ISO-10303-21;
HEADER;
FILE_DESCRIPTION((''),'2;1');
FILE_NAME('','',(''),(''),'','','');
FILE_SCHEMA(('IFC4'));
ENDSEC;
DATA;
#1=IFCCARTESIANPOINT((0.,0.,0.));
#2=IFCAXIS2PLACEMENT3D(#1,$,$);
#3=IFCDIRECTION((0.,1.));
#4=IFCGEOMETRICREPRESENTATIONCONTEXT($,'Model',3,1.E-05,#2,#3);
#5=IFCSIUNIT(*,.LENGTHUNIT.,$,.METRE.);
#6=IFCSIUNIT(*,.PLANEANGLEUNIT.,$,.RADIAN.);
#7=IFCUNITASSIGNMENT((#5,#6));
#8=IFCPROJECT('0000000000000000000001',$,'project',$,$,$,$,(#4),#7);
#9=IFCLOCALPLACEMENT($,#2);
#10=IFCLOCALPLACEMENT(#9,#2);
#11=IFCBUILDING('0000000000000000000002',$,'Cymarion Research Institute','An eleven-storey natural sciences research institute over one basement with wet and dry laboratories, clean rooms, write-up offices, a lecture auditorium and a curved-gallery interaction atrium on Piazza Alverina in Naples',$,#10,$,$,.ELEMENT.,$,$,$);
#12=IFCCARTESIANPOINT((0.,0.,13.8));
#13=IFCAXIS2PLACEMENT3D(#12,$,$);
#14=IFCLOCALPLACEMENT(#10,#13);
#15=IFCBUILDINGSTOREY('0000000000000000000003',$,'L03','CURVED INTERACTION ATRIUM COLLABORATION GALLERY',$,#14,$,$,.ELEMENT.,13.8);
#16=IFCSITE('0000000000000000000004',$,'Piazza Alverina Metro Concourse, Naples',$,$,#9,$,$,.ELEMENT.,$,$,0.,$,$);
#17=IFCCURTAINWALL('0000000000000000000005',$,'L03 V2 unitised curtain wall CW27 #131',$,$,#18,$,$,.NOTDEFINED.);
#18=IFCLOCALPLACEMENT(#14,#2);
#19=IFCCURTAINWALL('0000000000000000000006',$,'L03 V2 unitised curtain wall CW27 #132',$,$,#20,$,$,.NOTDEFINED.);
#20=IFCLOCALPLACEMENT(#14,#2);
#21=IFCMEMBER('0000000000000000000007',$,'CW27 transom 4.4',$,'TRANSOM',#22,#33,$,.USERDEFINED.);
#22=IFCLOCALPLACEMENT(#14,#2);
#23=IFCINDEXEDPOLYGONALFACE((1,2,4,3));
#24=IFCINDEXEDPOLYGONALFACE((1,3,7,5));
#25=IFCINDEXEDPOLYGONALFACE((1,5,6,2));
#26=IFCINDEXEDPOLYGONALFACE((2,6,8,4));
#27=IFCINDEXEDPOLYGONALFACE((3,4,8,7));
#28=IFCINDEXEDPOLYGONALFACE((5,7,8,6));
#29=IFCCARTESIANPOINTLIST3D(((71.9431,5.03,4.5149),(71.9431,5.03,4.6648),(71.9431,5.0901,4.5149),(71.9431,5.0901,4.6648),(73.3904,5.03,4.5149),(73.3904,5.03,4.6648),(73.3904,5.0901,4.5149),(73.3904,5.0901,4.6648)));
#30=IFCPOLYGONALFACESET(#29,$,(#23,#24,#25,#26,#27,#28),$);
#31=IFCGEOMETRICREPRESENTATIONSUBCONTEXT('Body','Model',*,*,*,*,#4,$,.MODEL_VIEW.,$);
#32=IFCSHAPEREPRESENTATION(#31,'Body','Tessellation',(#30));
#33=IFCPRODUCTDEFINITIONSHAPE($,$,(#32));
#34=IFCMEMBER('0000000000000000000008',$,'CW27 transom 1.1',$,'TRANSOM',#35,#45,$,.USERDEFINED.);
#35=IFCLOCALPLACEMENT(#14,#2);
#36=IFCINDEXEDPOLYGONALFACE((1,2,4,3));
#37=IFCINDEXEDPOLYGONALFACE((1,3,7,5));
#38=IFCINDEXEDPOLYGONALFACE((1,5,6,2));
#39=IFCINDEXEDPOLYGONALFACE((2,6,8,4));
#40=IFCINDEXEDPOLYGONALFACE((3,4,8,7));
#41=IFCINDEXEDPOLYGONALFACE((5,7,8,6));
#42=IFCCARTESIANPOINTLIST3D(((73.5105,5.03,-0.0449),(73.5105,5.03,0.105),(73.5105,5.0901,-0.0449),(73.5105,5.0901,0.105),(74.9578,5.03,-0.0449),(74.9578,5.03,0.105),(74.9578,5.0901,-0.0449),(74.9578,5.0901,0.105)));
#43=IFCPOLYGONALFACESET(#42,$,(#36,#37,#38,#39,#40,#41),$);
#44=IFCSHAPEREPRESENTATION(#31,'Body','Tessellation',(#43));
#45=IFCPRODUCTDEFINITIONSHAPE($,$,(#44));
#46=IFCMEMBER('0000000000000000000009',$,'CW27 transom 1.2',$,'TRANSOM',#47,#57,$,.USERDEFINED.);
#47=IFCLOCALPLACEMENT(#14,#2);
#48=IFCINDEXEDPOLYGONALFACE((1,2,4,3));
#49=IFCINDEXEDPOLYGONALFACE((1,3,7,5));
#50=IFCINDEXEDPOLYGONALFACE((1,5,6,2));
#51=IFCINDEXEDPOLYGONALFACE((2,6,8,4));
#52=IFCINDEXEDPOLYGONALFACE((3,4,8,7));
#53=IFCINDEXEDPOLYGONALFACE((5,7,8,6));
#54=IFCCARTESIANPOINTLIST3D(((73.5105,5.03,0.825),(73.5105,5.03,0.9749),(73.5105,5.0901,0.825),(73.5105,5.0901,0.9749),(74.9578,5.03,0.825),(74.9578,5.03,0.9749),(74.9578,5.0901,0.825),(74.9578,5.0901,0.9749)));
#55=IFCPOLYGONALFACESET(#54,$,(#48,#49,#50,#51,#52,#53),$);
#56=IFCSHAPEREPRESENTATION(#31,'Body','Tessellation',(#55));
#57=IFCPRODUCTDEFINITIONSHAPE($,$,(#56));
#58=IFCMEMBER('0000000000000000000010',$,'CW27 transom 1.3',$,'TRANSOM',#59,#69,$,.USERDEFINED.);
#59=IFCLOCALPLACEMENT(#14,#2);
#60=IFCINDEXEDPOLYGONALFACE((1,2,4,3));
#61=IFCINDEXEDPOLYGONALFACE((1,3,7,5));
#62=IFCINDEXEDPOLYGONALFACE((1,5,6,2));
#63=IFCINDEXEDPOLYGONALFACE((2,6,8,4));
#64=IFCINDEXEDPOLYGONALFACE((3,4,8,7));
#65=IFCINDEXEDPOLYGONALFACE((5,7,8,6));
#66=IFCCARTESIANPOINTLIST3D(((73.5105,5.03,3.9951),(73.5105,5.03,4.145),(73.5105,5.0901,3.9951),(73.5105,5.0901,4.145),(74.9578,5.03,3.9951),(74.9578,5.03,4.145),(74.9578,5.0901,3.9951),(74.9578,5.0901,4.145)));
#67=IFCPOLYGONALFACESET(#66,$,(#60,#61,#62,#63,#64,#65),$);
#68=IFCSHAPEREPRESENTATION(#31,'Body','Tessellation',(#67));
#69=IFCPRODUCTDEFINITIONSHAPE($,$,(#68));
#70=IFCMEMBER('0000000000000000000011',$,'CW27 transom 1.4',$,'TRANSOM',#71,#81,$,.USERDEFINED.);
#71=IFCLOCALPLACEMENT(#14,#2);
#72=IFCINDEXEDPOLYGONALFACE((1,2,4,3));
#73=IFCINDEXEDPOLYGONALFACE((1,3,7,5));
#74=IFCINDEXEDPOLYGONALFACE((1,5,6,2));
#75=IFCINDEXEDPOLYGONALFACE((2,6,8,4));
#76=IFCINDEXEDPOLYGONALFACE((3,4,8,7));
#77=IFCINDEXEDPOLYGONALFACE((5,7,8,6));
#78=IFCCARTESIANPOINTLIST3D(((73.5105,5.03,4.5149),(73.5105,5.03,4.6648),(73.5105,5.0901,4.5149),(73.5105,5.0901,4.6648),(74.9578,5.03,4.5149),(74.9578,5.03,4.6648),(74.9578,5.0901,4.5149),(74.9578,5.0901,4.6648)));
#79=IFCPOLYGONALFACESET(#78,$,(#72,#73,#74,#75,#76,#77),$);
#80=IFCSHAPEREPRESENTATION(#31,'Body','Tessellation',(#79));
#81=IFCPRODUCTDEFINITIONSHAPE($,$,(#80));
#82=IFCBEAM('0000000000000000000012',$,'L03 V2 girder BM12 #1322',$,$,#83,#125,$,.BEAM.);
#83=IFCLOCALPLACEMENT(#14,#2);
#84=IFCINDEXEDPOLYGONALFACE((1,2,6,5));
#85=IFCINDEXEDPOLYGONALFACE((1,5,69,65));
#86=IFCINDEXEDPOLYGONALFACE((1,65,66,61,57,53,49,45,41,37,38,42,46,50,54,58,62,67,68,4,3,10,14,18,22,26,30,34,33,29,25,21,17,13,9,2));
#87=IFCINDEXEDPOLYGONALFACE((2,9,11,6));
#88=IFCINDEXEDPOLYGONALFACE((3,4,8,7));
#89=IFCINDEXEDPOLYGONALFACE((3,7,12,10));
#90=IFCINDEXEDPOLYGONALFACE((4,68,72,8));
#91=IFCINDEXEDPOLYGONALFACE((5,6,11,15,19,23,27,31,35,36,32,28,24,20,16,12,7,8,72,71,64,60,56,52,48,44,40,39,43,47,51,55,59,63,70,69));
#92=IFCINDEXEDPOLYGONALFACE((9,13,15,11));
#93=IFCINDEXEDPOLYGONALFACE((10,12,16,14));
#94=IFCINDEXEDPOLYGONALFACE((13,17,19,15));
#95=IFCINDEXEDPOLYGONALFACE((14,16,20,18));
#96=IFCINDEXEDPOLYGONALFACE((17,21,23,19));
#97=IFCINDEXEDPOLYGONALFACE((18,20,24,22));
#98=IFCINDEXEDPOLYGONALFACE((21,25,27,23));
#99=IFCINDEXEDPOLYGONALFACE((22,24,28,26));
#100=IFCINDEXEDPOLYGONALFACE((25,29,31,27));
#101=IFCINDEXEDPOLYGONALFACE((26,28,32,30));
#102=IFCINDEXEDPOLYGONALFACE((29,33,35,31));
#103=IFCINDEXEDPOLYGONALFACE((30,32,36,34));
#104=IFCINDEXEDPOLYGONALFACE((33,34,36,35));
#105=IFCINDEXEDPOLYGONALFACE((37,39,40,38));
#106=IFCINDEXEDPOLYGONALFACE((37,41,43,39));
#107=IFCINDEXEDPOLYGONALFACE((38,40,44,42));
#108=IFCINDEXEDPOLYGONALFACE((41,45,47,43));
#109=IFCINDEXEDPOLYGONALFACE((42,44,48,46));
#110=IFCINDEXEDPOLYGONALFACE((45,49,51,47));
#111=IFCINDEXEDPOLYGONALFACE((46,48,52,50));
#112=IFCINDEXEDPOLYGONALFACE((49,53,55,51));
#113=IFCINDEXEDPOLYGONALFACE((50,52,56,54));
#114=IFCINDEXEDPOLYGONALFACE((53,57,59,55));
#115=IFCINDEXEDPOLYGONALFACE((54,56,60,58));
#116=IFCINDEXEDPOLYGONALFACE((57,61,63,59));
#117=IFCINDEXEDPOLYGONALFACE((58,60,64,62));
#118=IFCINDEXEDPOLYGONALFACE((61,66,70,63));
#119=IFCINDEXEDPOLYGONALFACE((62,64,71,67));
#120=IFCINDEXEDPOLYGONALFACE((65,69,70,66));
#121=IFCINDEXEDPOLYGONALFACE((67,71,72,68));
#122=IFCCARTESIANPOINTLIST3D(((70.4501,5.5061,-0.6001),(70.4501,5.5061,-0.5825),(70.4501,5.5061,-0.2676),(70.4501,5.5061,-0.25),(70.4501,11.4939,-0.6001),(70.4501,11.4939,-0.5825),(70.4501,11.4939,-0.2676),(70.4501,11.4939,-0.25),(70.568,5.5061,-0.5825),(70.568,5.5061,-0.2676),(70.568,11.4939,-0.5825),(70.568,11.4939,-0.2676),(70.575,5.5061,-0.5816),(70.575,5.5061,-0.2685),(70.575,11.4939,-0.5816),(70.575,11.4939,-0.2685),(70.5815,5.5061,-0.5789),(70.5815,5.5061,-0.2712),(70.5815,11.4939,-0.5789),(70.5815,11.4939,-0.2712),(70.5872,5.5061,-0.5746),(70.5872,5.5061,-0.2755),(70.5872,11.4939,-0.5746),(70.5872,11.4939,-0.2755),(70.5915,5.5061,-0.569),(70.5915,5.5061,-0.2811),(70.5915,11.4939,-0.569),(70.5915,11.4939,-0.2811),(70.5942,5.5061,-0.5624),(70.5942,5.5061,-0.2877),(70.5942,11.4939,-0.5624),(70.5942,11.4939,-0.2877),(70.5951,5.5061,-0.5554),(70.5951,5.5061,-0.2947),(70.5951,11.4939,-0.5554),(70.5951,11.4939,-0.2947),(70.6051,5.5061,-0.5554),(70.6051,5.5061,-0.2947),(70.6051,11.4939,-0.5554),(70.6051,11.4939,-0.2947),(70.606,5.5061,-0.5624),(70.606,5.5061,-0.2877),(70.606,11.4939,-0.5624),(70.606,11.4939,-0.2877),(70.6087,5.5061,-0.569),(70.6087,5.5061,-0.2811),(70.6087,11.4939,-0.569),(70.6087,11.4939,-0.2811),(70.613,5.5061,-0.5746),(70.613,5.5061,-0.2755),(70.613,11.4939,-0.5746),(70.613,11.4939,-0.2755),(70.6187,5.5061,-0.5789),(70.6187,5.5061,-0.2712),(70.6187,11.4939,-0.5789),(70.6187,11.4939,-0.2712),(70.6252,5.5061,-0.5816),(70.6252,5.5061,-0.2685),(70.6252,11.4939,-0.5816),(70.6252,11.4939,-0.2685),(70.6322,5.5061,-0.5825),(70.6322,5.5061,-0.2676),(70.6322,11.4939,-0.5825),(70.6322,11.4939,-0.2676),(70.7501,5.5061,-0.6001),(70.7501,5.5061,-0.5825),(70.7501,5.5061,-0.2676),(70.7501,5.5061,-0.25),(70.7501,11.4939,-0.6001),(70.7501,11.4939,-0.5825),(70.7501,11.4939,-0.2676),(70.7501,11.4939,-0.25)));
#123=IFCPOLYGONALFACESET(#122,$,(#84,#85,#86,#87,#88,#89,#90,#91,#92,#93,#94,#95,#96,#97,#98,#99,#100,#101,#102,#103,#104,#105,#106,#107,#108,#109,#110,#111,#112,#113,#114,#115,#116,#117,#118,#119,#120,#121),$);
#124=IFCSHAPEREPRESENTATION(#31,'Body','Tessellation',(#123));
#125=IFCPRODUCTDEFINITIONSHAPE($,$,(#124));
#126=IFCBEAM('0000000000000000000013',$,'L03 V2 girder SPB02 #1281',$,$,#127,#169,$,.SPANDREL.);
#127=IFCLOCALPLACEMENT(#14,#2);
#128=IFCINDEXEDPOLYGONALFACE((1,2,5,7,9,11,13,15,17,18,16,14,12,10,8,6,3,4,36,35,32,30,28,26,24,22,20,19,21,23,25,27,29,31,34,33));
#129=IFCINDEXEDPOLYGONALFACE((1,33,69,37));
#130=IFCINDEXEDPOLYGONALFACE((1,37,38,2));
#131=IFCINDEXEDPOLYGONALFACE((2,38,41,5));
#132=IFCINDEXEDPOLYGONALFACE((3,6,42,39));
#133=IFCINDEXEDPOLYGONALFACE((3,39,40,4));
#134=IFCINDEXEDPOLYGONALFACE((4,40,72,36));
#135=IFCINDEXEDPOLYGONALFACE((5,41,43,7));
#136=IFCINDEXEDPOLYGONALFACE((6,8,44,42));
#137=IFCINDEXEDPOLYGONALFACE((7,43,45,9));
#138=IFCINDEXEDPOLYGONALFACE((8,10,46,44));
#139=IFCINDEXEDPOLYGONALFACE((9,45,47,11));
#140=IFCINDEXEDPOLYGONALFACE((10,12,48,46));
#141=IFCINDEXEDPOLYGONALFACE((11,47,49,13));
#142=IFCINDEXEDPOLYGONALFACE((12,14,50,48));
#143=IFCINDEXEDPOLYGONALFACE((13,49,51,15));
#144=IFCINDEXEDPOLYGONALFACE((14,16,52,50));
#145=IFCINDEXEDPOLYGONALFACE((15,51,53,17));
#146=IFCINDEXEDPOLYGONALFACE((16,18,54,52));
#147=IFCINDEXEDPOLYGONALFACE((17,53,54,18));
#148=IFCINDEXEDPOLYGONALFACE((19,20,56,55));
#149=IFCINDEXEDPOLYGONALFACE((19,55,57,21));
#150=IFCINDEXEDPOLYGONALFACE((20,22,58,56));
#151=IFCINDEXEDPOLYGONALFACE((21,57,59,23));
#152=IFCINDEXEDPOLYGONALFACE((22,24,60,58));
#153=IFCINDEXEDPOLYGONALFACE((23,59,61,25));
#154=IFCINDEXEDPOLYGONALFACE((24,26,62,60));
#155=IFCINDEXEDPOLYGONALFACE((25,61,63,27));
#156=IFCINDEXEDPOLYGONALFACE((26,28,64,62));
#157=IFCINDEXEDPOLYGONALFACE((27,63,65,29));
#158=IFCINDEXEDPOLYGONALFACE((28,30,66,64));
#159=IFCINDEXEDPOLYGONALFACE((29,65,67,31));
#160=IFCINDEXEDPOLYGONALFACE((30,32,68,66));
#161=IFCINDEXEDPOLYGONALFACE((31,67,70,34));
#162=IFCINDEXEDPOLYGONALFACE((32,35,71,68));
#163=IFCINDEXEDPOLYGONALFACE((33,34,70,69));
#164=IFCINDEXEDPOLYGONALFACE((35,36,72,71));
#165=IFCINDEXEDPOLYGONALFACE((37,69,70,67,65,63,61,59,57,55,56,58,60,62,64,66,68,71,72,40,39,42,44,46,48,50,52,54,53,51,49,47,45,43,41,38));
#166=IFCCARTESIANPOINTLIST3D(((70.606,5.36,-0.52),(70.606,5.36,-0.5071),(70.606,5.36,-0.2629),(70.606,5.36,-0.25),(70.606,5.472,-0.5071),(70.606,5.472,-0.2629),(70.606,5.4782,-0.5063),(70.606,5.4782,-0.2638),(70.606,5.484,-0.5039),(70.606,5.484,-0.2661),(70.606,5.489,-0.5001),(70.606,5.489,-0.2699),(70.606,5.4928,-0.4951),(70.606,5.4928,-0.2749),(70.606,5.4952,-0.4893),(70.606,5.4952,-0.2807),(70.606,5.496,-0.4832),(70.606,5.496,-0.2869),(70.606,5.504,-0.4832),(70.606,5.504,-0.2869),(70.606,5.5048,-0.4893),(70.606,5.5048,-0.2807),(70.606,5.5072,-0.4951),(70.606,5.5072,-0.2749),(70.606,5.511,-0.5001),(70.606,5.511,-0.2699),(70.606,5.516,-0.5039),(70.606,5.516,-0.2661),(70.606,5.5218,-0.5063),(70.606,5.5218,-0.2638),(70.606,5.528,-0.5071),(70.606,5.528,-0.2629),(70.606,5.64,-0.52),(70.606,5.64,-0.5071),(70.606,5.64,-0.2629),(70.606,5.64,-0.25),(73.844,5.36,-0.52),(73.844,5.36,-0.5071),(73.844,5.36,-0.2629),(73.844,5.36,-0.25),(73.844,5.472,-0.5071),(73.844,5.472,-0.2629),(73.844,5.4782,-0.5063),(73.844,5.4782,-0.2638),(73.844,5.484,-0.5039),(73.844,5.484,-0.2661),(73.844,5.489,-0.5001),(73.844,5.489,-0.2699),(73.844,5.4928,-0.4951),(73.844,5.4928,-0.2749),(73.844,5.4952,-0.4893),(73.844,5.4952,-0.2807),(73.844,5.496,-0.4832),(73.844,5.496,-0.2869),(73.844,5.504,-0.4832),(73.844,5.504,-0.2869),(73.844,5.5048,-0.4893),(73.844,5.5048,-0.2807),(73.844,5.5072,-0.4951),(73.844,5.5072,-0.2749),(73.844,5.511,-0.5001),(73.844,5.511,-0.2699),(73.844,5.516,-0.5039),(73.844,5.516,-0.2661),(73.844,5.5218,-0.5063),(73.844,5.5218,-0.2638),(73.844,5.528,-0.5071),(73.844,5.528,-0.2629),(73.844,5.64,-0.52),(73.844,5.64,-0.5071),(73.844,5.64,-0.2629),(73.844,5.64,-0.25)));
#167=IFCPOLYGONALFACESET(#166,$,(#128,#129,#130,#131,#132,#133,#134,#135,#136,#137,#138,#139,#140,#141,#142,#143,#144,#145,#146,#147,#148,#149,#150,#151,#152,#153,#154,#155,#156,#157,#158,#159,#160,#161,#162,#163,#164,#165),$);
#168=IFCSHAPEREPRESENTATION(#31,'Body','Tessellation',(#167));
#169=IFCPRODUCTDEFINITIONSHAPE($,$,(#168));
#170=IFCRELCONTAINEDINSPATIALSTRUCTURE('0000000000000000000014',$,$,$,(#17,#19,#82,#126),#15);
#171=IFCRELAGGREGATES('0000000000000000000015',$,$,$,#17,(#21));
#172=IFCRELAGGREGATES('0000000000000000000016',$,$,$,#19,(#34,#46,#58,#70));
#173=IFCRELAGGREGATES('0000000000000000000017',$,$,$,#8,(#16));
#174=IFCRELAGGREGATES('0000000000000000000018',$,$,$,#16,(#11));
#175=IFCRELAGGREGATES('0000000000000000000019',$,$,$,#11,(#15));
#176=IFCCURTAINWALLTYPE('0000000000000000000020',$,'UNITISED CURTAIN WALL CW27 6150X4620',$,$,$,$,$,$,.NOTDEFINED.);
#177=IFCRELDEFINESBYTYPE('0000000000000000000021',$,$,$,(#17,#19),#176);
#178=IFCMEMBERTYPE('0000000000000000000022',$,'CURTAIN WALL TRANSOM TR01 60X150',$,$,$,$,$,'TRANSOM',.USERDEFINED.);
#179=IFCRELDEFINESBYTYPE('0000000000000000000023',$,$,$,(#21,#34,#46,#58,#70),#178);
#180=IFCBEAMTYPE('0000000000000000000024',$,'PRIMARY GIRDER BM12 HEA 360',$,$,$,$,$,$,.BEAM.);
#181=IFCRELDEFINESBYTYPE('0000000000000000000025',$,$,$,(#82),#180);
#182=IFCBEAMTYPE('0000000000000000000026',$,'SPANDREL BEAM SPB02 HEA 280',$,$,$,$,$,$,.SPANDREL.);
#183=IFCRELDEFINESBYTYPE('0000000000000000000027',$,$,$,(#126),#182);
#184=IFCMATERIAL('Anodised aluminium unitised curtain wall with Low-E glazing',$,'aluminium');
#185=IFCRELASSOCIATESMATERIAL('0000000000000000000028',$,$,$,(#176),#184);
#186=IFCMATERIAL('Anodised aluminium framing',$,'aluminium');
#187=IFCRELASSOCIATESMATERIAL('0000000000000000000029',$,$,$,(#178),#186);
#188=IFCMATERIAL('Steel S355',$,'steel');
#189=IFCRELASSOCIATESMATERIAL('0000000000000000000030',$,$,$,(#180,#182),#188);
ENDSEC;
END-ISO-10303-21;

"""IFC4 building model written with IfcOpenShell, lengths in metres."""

from ifc_helpers import new_model, si_unit, direction, frame, origin, origin_2d, place, context, subcontext, project, spatial, rectangle, i_section, extrude, material, material_profile, profile_set, type_object, element, aggregate, save


model = new_model("IFC4")

# Units and contexts
model_context = context("Model", 3, precision=1e-05, world=origin(), true_north=direction((0.0, 1.0)))
body_context = subcontext(model_context, "Body", "Model", "MODEL_VIEW")
ifc_project = project(units=[si_unit("LENGTHUNIT", "METRE"), si_unit("PLANEANGLEUNIT", "RADIAN")], contexts=[model_context])

# Site, building, storey
site_placement = place(None, origin())
site = spatial("IfcSite", under=ifc_project, at=site_placement, Name="Piazza Alverina Metro Concourse, Naples", CompositionType="ELEMENT", RefElevation=0.0)
building_placement = place(site_placement, origin())
building = spatial("IfcBuilding", under=site, at=building_placement, Name="Cymarion Research Institute", Description="An eleven-storey natural sciences research institute over one basement with wet and dry laboratories, clean rooms, write-up offices, a lecture auditorium and a curved-gallery interaction atrium on Piazza Alverina in Naples", CompositionType="ELEMENT")
storey_placement = place(building_placement, frame((0.0, 0.0, 13.8)))
storey = spatial("IfcBuildingStorey", under=building, at=storey_placement, Name="L03", Description="CURVED INTERACTION ATRIUM COLLABORATION GALLERY", CompositionType="ELEMENT", Elevation=13.8)

# Shared definitions
ifc_material_1 = material(Name="Steel S355", Category="steel")

# Curtain wall
ifc_material_2 = material(Name="Anodised aluminium unitised curtain wall with Low-E glazing", Category="aluminium")
curtain_wall_type = type_object("IfcCurtainWallType", Name="UNITISED CURTAIN WALL CW27 6150X4620", PredefinedType="NOTDEFINED", material=ifc_material_2)
curtain_wall_1_placement = place(storey_placement, origin())
curtain_wall_1 = element("IfcCurtainWall", 1, at=curtain_wall_1_placement, inside=storey, type_object=curtain_wall_type, Name="L03 V2 unitised curtain wall CW27 #131", PredefinedType="NOTDEFINED")
ifc_material_3 = material(Name="Anodised aluminium framing", Category="aluminium")

# Curtain wall
curtain_wall_2_placement = place(storey_placement, origin())
curtain_wall_2 = element("IfcCurtainWall", 2, at=curtain_wall_2_placement, inside=storey, type_object=curtain_wall_type, Name="L03 V2 unitised curtain wall CW27 #132", PredefinedType="NOTDEFINED")

# Members
ifc_material_profile_1 = material_profile(ifc_material_3, rectangle(XDim=0.0601, YDim=0.1499, at=origin_2d()), Name="ALU TRANSOM 60x150")
ifc_profile_set_1 = profile_set([ifc_material_profile_1], Name="Anodised aluminium framing")
member_type_1 = type_object("IfcMemberType", Name="CURTAIN WALL TRANSOM TR01 60X150", ElementType="TRANSOM", PredefinedType="USERDEFINED", material=ifc_profile_set_1)
member_1_placement = place(storey_placement, frame((71.9431, 5.0601, 4.5898), z_axis=(1.0, 0.0, 0.0), x_axis=(0.0, 1.0, 0.0)))
member_1 = element("IfcMember", 3, at=member_1_placement, type_object=member_type_1, Name="CW27 transom 4.4", ObjectType="TRANSOM", PredefinedType="USERDEFINED", context=body_context, shape_type="SweptSolid", body=[
    extrude(rectangle(XDim=0.0601, YDim=0.1499, at=origin_2d()), origin(), (0.0, 0.0, 1.0), 1.4473),
])
member_2_placement = place(storey_placement, frame((73.5105, 5.0601, 0.03), z_axis=(1.0, 0.0, 0.0), x_axis=(0.0, 1.0, 0.0)))
member_2 = element("IfcMember", 4, at=member_2_placement, type_object=member_type_1, Name="CW27 transom 1.1", ObjectType="TRANSOM", PredefinedType="USERDEFINED", context=body_context, shape_type="SweptSolid", body=[
    extrude(rectangle(XDim=0.0601, YDim=0.1499, at=origin_2d()), origin(), (0.0, 0.0, 1.0), 1.4473),
])
member_3_placement = place(storey_placement, frame((73.5105, 5.0601, 0.8999), z_axis=(1.0, 0.0, 0.0), x_axis=(0.0, 1.0, 0.0)))
member_3 = element("IfcMember", 5, at=member_3_placement, type_object=member_type_1, Name="CW27 transom 1.2", ObjectType="TRANSOM", PredefinedType="USERDEFINED", context=body_context, shape_type="SweptSolid", body=[
    extrude(rectangle(XDim=0.0601, YDim=0.1499, at=origin_2d()), origin(), (0.0, 0.0, 1.0), 1.4473),
])
member_4_placement = place(storey_placement, frame((73.5105, 5.0601, 4.0701), z_axis=(1.0, 0.0, 0.0), x_axis=(0.0, 1.0, 0.0)))
member_4 = element("IfcMember", 6, at=member_4_placement, type_object=member_type_1, Name="CW27 transom 1.3", ObjectType="TRANSOM", PredefinedType="USERDEFINED", context=body_context, shape_type="SweptSolid", body=[
    extrude(rectangle(XDim=0.0601, YDim=0.1499, at=origin_2d()), origin(), (0.0, 0.0, 1.0), 1.4473),
])
member_5_placement = place(storey_placement, frame((73.5105, 5.0601, 4.5898), z_axis=(1.0, 0.0, 0.0), x_axis=(0.0, 1.0, 0.0)))
member_5 = element("IfcMember", 7, at=member_5_placement, type_object=member_type_1, Name="CW27 transom 1.4", ObjectType="TRANSOM", PredefinedType="USERDEFINED", context=body_context, shape_type="SweptSolid", body=[
    extrude(rectangle(XDim=0.0601, YDim=0.1499, at=origin_2d()), origin(), (0.0, 0.0, 1.0), 1.4473),
])

# Beams
ifc_material_profile_2 = material_profile(ifc_material_1, i_section(OverallWidth=0.3, OverallDepth=0.3501, WebThickness=0.01, FlangeThickness=0.0176, FilletRadius=0.0271, at=origin_2d()), Name="HEA 360")
ifc_profile_set_2 = profile_set([ifc_material_profile_2], Name="Steel S355")
beam_type_1 = type_object("IfcBeamType", Name="PRIMARY GIRDER BM12 HEA 360", PredefinedType="BEAM", material=ifc_profile_set_2)
beam_1_placement = place(storey_placement, frame((70.6001, 5.5061, -0.425), z_axis=(0.0, 1.0, 0.0), x_axis=(-1.0, 0.0, 0.0)))
element("IfcBeam", 8, at=beam_1_placement, inside=storey, type_object=beam_type_1, Name="L03 V2 girder BM12 #1322", PredefinedType="BEAM", context=body_context, shape_type="SweptSolid", body=[
    extrude(i_section(OverallWidth=0.3, OverallDepth=0.3501, WebThickness=0.01, FlangeThickness=0.0176, FilletRadius=0.0271, at=origin_2d()), origin(), (0.0, 0.0, 1.0), 5.9878),
])
ifc_material_profile_3 = material_profile(ifc_material_1, i_section(OverallWidth=0.28, OverallDepth=0.27, WebThickness=0.0081, FlangeThickness=0.0129, FilletRadius=0.0239, at=origin_2d()), Name="HEA 280")
ifc_profile_set_3 = profile_set([ifc_material_profile_3], Name="Steel S355")
beam_type_2 = type_object("IfcBeamType", Name="SPANDREL BEAM SPB02 HEA 280", PredefinedType="SPANDREL", material=ifc_profile_set_3)
beam_2_placement = place(storey_placement, frame((70.606, 5.5, -0.385), z_axis=(1.0, 0.0, 0.0), x_axis=(0.0, 1.0, 0.0)))
element("IfcBeam", 9, at=beam_2_placement, inside=storey, type_object=beam_type_2, Name="L03 V2 girder SPB02 #1281", PredefinedType="SPANDREL", context=body_context, shape_type="SweptSolid", body=[
    extrude(i_section(OverallWidth=0.28, OverallDepth=0.27, WebThickness=0.0081, FlangeThickness=0.0129, FilletRadius=0.0239, at=origin_2d()), origin(), (0.0, 0.0, 1.0), 3.238),
])

aggregate(curtain_wall_1, [member_1])
aggregate(curtain_wall_2, [member_2, member_3, member_4, member_5])

save(model, "model.ifc")
